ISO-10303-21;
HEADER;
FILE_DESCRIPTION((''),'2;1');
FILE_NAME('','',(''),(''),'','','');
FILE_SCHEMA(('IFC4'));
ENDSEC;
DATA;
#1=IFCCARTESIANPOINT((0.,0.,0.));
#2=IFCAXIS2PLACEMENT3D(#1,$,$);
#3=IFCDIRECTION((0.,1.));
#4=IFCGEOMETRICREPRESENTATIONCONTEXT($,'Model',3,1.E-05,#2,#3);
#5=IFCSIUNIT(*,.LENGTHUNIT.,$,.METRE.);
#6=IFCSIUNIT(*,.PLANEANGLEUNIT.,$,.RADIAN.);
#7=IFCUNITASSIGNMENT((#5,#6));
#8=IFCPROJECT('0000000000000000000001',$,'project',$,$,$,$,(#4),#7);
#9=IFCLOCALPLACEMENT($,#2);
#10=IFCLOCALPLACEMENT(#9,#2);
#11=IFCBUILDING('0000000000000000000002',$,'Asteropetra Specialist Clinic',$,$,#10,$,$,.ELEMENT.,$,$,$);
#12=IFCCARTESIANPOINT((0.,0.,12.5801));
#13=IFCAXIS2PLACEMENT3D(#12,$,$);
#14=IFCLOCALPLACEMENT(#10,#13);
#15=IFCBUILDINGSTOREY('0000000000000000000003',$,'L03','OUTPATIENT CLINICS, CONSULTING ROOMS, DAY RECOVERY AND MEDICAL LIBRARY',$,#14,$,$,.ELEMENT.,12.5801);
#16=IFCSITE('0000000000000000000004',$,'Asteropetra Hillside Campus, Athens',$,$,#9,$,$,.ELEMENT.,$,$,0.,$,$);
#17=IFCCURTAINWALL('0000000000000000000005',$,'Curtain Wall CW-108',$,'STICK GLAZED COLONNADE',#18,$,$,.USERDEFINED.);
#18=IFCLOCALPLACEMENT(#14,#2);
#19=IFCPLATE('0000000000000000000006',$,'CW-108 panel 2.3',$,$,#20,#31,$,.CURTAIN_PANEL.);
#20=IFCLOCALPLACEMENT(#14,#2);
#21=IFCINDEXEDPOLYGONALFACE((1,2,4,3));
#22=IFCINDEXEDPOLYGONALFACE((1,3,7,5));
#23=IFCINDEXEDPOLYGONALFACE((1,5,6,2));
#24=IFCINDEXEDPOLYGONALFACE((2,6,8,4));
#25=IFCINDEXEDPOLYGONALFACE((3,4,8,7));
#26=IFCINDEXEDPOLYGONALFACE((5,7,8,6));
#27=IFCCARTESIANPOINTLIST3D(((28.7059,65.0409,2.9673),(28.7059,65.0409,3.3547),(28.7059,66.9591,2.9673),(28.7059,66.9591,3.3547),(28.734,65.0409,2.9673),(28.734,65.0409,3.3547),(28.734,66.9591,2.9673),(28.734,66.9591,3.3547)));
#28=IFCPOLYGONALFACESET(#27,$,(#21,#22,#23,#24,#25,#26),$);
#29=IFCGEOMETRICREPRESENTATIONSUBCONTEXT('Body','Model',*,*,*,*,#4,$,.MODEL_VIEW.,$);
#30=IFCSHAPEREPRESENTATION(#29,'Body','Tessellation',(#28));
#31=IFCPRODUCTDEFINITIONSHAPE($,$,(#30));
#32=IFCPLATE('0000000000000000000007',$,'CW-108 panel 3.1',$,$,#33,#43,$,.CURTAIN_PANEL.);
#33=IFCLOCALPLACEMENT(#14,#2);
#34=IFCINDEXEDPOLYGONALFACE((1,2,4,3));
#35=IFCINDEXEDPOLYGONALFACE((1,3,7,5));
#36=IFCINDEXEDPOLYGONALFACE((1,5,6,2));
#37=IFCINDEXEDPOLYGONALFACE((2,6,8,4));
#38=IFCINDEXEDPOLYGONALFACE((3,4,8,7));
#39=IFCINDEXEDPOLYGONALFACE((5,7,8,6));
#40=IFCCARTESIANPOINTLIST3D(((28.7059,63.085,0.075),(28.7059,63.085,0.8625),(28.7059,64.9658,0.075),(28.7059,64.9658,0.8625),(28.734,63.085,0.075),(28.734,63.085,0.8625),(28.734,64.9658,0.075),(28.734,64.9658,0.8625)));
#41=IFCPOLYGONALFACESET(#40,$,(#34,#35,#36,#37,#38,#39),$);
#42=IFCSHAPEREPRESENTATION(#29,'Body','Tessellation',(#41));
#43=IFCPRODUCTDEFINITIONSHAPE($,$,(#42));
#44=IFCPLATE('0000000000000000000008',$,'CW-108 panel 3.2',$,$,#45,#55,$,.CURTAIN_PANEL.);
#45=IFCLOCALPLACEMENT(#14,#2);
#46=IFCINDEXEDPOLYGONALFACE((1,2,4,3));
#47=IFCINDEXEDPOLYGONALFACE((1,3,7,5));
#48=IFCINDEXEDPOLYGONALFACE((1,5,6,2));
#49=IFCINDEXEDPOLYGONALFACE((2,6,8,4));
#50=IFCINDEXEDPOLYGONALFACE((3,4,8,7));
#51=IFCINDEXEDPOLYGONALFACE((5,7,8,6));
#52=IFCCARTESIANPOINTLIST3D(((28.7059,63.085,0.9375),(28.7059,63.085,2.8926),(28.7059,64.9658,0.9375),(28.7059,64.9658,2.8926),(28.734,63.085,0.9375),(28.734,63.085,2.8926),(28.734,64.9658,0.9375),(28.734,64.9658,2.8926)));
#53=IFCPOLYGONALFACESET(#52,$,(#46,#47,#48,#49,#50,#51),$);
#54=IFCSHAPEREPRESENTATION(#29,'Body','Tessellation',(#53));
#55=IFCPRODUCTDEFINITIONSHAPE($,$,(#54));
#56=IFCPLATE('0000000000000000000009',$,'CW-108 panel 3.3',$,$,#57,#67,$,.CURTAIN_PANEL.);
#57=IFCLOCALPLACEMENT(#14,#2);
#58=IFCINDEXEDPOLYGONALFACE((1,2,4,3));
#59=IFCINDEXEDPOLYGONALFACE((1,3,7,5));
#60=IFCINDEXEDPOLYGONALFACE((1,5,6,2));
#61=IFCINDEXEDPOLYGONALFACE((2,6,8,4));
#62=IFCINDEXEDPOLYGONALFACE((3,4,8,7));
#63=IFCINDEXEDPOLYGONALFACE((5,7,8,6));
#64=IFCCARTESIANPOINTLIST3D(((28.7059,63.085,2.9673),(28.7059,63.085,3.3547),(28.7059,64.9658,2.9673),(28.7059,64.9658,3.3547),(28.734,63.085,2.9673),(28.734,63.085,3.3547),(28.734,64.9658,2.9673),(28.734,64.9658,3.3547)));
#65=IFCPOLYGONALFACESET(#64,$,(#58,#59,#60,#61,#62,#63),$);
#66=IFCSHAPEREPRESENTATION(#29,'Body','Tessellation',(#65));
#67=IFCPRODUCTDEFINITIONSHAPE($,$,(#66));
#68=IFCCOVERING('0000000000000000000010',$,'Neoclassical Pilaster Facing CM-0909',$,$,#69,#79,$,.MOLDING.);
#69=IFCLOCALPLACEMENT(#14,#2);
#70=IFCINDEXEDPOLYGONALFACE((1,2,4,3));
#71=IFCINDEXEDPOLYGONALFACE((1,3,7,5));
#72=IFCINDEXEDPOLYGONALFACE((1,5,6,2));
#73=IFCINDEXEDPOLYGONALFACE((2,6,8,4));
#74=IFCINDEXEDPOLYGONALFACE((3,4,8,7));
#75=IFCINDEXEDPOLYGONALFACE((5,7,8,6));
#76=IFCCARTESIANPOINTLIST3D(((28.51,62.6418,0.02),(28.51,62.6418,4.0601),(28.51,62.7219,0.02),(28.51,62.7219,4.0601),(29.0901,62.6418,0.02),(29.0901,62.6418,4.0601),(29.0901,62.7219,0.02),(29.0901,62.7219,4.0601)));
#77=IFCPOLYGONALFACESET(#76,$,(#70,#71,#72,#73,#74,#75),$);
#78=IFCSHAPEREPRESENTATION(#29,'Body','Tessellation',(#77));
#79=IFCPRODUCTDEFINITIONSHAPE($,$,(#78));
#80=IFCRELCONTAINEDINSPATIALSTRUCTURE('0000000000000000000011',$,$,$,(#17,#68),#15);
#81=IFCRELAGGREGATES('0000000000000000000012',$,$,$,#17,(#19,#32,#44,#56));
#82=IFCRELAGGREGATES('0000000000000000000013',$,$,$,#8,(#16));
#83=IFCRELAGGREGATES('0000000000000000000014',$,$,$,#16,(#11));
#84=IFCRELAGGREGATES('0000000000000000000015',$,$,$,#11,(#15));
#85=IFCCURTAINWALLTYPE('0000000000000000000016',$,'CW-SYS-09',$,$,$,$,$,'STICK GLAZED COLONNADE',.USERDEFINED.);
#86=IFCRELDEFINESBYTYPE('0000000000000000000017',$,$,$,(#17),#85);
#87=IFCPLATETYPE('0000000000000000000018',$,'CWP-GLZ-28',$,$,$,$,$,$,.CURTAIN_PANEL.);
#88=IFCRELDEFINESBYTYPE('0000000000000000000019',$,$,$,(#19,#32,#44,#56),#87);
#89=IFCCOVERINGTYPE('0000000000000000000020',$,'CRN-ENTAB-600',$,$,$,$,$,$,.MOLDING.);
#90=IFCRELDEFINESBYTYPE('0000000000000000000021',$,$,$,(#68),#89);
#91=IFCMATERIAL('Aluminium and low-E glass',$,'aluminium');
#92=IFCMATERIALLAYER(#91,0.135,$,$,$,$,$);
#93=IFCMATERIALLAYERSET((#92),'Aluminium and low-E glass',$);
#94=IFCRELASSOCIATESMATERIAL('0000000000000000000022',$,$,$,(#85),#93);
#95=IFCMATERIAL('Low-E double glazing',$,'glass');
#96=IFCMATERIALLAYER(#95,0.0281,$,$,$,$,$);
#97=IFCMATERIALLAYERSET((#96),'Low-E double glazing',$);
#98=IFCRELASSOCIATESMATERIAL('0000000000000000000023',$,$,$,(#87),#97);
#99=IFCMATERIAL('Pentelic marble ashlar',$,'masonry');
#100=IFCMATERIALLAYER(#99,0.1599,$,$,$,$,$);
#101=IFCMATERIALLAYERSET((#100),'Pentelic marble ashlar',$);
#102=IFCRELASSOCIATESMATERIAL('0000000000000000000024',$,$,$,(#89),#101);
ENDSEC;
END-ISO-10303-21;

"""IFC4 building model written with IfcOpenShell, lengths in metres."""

from ifc_helpers import new_model, si_unit, direction, frame, origin, origin_2d, place, context, subcontext, project, spatial, rectangle, extrude, material, layer, layer_set, type_object, element, aggregate, save


model = new_model("IFC4")

# Units and contexts
model_context = context("Model", 3, precision=1e-05, world=origin(), true_north=direction((0.0, 1.0)))
body_context = subcontext(model_context, "Body", "Model", "MODEL_VIEW")
ifc_project = project(units=[si_unit("LENGTHUNIT", "METRE"), si_unit("PLANEANGLEUNIT", "RADIAN")], contexts=[model_context])

# Site, building, storey
site_placement = place(None, origin())
site = spatial("IfcSite", under=ifc_project, at=site_placement, Name="Asteropetra Hillside Campus, Athens", CompositionType="ELEMENT", RefElevation=0.0)
building_placement = place(site_placement, origin())
building = spatial("IfcBuilding", under=site, at=building_placement, Name="Asteropetra Specialist Clinic", CompositionType="ELEMENT")
storey_placement = place(building_placement, frame((0.0, 0.0, 12.5801)))
storey = spatial("IfcBuildingStorey", under=building, at=storey_placement, Name="L03", Description="OUTPATIENT CLINICS, CONSULTING ROOMS, DAY RECOVERY AND MEDICAL LIBRARY", CompositionType="ELEMENT", Elevation=12.5801)

# Curtain wall
ifc_material_1 = material(Name="Aluminium and low-E glass", Category="aluminium")
ifc_layer_1 = layer(ifc_material_1, 0.135)
ifc_layer_set_1 = layer_set([ifc_layer_1], Name="Aluminium and low-E glass")
curtain_wall_type = type_object("IfcCurtainWallType", Name="CW-SYS-09", ElementType="STICK GLAZED COLONNADE", PredefinedType="USERDEFINED", material=ifc_layer_set_1)
curtain_wall_placement = place(storey_placement, origin())
curtain_wall = element("IfcCurtainWall", 1, at=curtain_wall_placement, inside=storey, type_object=curtain_wall_type, Name="Curtain Wall CW-108", ObjectType="STICK GLAZED COLONNADE", PredefinedType="USERDEFINED")

# Plates
ifc_material_2 = material(Name="Low-E double glazing", Category="glass")
ifc_layer_2 = layer(ifc_material_2, 0.0281)
ifc_layer_set_2 = layer_set([ifc_layer_2], Name="Low-E double glazing")
plate_type = type_object("IfcPlateType", Name="CWP-GLZ-28", PredefinedType="CURTAIN_PANEL", material=ifc_layer_set_2)
plate_1_placement = place(storey_placement, frame((28.72, 66.0, 2.9673), z_axis=(0.0, 0.0, 1.0), x_axis=(0.0, -1.0, 0.0)))
plate_1 = element("IfcPlate", 2, at=plate_1_placement, type_object=plate_type, Name="CW-108 panel 2.3", PredefinedType="CURTAIN_PANEL", context=body_context, shape_type="SweptSolid", body=[
    extrude(rectangle(XDim=1.9182, YDim=0.0281, at=origin_2d()), origin(), (0.0, 0.0, 1.0), 0.3875),
])
plate_2_placement = place(storey_placement, frame((28.72, 64.0254, 0.075), z_axis=(0.0, 0.0, 1.0), x_axis=(0.0, -1.0, 0.0)))
plate_2 = element("IfcPlate", 3, at=plate_2_placement, type_object=plate_type, Name="CW-108 panel 3.1", PredefinedType="CURTAIN_PANEL", context=body_context, shape_type="SweptSolid", body=[
    extrude(rectangle(XDim=1.8809, YDim=0.0281, at=origin_2d()), origin(), (0.0, 0.0, 1.0), 0.7876),
])
plate_3_placement = place(storey_placement, frame((28.72, 64.0254, 0.9375), z_axis=(0.0, 0.0, 1.0), x_axis=(0.0, -1.0, 0.0)))
plate_3 = element("IfcPlate", 4, at=plate_3_placement, type_object=plate_type, Name="CW-108 panel 3.2", PredefinedType="CURTAIN_PANEL", context=body_context, shape_type="SweptSolid", body=[
    extrude(rectangle(XDim=1.8809, YDim=0.0281, at=origin_2d()), origin(), (0.0, 0.0, 1.0), 1.9551),
])
plate_4_placement = place(storey_placement, frame((28.72, 64.0254, 2.9673), z_axis=(0.0, 0.0, 1.0), x_axis=(0.0, -1.0, 0.0)))
plate_4 = element("IfcPlate", 5, at=plate_4_placement, type_object=plate_type, Name="CW-108 panel 3.3", PredefinedType="CURTAIN_PANEL", context=body_context, shape_type="SweptSolid", body=[
    extrude(rectangle(XDim=1.8809, YDim=0.0281, at=origin_2d()), origin(), (0.0, 0.0, 1.0), 0.3875),
])
aggregate(curtain_wall, [plate_1, plate_2, plate_3, plate_4])

# Covering
ifc_material_3 = material(Name="Pentelic marble ashlar", Category="masonry")
ifc_layer_3 = layer(ifc_material_3, 0.1599)
ifc_layer_set_3 = layer_set([ifc_layer_3], Name="Pentelic marble ashlar")
covering_type = type_object("IfcCoveringType", Name="CRN-ENTAB-600", PredefinedType="MOLDING", material=ifc_layer_set_3)
covering_placement = place(storey_placement, frame((28.8, 62.6819, 0.02), z_axis=(0.0, 0.0, 1.0), x_axis=(1.0, 0.0, 0.0)))
element("IfcCovering", 6, at=covering_placement, inside=storey, type_object=covering_type, Name="Neoclassical Pilaster Facing CM-0909", PredefinedType="MOLDING", context=body_context, shape_type="SweptSolid", body=[
    extrude(rectangle(XDim=0.5801, YDim=0.0801, at=origin_2d()), origin(), (0.0, 0.0, 1.0), 4.04),
])

save(model, "model.ifc")
